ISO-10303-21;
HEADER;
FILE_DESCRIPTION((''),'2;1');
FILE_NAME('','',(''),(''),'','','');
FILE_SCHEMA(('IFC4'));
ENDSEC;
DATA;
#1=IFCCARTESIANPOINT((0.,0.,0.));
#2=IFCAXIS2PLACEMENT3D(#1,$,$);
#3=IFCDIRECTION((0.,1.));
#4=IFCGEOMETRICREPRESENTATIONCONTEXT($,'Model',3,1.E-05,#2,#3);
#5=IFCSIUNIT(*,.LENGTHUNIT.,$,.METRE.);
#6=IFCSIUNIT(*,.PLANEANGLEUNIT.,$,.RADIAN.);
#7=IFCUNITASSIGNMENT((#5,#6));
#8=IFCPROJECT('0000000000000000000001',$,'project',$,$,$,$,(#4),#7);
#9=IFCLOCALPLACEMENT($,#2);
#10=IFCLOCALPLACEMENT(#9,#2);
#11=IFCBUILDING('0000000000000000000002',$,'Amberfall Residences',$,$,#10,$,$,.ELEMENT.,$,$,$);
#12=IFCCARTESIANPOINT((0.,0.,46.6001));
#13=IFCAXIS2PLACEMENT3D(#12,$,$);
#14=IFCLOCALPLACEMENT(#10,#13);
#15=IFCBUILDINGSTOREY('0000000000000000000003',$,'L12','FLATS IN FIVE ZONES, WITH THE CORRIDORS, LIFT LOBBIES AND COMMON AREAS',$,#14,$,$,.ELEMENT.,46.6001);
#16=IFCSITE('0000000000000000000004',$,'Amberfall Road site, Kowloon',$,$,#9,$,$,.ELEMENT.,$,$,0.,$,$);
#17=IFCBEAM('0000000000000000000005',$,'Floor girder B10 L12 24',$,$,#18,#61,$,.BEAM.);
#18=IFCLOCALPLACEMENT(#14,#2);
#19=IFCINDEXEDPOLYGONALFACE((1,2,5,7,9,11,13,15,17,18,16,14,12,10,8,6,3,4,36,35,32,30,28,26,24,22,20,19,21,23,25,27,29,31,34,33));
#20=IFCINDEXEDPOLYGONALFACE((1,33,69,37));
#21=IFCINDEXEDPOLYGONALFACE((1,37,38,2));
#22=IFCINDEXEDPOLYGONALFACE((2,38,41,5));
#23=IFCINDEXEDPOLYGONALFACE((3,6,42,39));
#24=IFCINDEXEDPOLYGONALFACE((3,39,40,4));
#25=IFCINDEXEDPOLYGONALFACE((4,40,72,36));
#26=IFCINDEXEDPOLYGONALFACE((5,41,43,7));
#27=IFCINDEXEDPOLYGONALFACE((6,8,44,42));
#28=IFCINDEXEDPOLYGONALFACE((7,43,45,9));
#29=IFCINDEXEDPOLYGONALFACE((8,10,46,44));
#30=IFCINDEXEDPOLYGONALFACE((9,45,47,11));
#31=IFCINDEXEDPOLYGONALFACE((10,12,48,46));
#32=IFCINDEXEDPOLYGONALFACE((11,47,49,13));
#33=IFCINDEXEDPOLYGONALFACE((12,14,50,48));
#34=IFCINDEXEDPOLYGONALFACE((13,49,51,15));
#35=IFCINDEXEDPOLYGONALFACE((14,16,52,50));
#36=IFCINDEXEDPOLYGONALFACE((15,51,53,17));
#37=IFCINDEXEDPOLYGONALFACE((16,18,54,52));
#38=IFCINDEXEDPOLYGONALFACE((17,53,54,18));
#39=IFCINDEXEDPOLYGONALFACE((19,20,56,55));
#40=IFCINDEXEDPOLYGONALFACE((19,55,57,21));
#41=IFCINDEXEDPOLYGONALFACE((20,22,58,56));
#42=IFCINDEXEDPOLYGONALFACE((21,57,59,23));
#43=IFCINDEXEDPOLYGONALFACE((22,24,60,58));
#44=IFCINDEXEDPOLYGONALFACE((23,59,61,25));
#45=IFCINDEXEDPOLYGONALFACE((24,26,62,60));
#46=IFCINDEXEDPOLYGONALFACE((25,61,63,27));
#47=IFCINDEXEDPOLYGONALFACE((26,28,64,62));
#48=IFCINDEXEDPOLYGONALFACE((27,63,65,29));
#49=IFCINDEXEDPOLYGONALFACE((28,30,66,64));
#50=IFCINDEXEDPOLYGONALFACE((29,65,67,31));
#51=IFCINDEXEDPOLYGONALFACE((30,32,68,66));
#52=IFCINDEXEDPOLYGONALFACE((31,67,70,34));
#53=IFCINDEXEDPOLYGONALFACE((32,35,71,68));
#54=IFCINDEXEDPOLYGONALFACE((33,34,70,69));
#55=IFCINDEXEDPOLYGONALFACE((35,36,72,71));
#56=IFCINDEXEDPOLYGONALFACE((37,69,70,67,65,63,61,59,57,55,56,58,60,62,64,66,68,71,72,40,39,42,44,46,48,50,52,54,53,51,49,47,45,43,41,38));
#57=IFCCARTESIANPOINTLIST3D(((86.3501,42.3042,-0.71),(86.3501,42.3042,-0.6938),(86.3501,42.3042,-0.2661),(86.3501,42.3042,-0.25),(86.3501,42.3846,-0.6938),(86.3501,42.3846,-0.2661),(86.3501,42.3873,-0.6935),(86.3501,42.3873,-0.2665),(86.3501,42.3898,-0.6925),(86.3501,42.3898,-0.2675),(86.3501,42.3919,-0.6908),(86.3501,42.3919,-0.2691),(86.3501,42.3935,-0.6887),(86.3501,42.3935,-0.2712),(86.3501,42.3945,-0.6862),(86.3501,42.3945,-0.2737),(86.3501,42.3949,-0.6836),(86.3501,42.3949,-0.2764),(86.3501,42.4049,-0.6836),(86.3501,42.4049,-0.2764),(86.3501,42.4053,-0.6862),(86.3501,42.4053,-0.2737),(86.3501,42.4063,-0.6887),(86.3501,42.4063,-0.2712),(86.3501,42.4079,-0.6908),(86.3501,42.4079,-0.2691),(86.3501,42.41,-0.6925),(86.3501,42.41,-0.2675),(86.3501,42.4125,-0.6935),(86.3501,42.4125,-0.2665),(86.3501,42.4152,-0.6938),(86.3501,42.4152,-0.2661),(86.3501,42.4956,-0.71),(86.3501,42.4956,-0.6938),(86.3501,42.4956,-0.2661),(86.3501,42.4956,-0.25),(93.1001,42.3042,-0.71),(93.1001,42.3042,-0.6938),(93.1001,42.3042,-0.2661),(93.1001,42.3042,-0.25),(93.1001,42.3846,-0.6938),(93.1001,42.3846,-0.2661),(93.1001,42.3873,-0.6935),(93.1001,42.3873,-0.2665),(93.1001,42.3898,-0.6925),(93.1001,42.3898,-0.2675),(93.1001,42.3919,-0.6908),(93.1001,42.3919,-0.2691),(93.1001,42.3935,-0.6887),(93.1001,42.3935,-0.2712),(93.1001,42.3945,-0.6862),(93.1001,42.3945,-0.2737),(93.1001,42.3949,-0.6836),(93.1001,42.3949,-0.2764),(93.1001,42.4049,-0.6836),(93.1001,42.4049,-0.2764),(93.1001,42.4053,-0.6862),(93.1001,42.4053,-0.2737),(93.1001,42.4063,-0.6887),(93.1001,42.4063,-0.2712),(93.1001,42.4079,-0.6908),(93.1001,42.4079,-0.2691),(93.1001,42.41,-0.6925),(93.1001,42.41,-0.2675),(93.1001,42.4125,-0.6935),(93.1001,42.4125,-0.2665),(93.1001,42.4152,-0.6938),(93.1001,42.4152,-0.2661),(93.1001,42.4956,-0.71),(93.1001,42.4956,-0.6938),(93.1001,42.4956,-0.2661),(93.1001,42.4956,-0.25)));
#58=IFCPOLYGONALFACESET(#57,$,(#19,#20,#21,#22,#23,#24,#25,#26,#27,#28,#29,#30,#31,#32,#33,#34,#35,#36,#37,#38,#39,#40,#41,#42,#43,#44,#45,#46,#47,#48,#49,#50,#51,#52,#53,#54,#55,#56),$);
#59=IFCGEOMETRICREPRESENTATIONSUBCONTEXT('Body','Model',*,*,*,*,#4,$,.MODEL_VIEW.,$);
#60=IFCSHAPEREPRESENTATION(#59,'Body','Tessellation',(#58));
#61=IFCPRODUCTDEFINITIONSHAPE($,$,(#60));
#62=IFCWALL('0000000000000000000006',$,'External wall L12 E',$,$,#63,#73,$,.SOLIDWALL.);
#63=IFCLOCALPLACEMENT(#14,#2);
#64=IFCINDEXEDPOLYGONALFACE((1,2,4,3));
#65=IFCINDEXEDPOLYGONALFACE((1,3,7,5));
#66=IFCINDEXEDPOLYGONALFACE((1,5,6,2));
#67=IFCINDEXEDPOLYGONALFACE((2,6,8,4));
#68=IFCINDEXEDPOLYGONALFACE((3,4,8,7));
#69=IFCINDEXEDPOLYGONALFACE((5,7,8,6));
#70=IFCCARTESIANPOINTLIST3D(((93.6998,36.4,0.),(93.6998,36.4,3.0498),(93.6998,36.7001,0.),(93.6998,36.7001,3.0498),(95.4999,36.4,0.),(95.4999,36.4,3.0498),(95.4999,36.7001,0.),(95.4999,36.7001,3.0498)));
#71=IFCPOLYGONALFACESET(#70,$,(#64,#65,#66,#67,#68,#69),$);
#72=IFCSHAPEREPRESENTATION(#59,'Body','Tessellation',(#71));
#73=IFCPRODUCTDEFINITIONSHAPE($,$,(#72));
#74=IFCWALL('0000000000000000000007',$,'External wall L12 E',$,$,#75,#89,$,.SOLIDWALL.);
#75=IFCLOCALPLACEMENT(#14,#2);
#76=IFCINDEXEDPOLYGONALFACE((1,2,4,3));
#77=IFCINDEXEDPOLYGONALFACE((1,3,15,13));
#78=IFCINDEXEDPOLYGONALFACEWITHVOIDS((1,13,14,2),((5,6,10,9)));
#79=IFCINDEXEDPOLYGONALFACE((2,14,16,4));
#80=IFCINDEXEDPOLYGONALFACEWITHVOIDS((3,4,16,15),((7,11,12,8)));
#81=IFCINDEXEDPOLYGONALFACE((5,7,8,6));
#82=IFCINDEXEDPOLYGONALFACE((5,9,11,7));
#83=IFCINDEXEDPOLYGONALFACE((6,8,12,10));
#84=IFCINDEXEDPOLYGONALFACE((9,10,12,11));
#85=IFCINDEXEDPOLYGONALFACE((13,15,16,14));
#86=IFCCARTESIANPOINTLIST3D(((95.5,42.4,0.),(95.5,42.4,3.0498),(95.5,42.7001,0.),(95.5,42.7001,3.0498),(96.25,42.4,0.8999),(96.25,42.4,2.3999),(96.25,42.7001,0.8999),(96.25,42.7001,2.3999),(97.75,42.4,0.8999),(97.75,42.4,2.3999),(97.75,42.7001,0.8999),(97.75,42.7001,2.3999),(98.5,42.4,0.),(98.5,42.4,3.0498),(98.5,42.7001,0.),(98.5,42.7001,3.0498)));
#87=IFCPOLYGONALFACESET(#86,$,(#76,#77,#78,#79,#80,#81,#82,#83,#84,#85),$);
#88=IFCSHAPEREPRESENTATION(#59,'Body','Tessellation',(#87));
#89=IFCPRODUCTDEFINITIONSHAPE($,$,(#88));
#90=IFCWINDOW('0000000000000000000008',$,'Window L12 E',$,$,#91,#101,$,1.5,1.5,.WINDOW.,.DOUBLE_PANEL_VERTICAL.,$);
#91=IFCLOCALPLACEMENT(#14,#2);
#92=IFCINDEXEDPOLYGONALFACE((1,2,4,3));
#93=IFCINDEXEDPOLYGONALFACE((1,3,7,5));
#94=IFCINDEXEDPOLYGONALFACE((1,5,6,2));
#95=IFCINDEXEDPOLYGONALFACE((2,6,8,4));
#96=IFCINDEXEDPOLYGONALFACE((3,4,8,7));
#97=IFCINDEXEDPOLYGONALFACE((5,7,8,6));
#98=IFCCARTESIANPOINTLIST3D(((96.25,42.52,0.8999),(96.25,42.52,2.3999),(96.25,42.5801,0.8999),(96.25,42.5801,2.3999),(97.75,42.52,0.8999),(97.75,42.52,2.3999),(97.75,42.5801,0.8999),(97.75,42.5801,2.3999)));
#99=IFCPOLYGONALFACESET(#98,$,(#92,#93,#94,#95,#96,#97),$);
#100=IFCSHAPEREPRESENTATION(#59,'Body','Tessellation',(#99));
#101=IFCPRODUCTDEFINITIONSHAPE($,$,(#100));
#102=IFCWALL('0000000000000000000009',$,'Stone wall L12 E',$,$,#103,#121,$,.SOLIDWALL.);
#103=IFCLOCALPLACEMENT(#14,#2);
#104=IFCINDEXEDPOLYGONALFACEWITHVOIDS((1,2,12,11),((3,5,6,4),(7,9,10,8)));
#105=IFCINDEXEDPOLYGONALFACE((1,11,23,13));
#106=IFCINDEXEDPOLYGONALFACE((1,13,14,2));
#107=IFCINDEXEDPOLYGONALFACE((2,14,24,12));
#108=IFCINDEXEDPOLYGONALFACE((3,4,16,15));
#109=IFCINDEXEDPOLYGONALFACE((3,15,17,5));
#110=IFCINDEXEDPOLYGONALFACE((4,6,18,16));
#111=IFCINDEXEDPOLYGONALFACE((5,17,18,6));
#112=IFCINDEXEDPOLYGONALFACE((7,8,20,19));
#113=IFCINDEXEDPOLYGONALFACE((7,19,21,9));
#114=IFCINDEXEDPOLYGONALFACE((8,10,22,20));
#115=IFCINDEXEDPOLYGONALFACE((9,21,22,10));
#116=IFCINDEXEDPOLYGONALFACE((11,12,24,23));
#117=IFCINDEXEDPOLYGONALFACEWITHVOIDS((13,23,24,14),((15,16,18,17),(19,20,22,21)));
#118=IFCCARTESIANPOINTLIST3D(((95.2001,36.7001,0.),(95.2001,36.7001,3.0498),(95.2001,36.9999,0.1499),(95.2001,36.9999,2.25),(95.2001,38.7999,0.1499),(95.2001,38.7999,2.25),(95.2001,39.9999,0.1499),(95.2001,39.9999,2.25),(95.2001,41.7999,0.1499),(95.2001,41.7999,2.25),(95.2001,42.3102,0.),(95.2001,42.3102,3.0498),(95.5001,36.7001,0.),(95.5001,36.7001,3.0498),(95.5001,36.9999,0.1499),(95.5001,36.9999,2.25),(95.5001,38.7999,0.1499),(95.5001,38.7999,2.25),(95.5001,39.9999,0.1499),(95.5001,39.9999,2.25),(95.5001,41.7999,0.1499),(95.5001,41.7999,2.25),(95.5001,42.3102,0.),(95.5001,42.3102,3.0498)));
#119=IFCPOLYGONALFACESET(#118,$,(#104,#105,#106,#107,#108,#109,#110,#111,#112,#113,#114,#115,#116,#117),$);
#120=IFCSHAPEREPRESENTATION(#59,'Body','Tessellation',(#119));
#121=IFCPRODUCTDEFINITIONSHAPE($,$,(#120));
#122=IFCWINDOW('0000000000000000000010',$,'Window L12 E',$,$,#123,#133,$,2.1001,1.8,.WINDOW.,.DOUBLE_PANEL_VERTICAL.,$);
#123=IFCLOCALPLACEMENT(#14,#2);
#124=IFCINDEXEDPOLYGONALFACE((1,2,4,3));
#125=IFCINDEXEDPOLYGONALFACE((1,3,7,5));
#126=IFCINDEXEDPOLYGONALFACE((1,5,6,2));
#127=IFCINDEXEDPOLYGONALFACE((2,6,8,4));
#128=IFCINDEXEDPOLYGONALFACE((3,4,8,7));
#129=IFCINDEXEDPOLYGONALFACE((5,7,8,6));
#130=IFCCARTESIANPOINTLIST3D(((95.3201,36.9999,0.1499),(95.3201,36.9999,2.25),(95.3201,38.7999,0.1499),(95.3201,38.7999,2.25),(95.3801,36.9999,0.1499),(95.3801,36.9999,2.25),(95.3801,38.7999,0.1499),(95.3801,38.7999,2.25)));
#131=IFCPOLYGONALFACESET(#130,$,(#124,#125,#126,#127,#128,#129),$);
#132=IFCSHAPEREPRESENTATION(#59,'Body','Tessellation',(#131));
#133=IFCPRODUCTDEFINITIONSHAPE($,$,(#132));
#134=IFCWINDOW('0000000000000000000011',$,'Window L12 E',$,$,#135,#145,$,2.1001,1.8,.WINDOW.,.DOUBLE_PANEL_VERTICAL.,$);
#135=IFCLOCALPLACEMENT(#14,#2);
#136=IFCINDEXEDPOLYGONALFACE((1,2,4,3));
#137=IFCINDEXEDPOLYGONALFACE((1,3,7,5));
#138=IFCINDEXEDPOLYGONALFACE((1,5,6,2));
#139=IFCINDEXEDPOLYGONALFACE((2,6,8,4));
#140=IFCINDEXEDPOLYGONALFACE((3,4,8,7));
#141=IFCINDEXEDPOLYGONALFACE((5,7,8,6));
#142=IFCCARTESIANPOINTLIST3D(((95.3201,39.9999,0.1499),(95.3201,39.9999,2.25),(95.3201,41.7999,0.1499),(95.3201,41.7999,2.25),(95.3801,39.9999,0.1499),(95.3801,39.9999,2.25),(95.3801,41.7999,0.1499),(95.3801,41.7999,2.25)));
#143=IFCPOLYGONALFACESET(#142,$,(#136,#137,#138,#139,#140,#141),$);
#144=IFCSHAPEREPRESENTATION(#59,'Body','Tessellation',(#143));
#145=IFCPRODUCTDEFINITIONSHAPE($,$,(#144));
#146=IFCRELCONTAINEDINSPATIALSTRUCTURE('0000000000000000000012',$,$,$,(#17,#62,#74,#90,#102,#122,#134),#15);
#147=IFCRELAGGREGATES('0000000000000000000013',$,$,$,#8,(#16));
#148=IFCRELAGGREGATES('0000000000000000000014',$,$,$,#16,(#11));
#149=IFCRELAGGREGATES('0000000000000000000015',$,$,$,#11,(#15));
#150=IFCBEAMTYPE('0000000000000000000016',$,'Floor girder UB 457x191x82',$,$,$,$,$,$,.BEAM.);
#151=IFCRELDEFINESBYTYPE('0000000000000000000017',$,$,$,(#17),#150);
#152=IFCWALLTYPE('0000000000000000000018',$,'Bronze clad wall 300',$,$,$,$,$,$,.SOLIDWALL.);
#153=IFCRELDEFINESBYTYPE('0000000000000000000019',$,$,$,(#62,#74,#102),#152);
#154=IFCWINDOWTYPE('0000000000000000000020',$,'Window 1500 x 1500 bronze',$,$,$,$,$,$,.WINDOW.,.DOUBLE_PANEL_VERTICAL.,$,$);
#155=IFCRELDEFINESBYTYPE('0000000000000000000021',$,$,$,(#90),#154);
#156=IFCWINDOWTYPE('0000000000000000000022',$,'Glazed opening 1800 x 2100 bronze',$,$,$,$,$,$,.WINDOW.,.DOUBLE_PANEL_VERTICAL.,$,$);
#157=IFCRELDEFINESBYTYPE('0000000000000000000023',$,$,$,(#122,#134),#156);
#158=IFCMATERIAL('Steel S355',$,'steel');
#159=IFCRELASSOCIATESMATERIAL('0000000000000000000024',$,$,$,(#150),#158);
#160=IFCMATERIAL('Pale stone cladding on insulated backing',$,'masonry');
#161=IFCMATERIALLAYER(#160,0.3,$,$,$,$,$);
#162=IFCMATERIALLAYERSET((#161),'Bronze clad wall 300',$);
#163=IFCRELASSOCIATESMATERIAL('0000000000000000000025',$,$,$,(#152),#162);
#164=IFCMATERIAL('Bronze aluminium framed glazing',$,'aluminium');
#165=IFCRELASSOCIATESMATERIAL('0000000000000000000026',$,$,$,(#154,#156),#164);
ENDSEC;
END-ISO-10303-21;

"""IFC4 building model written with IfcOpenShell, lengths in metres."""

from ifc_helpers import new_model, si_unit, direction, frame, frame_2d, origin, origin_2d, place, context, subcontext, project, spatial, rectangle, i_section, extrude, material, layer, layer_set, material_profile, profile_set, type_object, element, fill, save


model = new_model("IFC4")

# Units and contexts
model_context = context("Model", 3, precision=1e-05, world=origin(), true_north=direction((0.0, 1.0)))
body_context = subcontext(model_context, "Body", "Model", "MODEL_VIEW")
ifc_project = project(units=[si_unit("LENGTHUNIT", "METRE"), si_unit("PLANEANGLEUNIT", "RADIAN")], contexts=[model_context])

# Site, building, storey
site_placement = place(None, origin())
site = spatial("IfcSite", under=ifc_project, at=site_placement, Name="Amberfall Road site, Kowloon", CompositionType="ELEMENT", RefElevation=0.0)
building_placement = place(site_placement, origin())
building = spatial("IfcBuilding", under=site, at=building_placement, Name="Amberfall Residences", CompositionType="ELEMENT")
storey_placement = place(building_placement, frame((0.0, 0.0, 46.6001)))
storey = spatial("IfcBuildingStorey", under=building, at=storey_placement, Name="L12", Description="FLATS IN FIVE ZONES, WITH THE CORRIDORS, LIFT LOBBIES AND COMMON AREAS", CompositionType="ELEMENT", Elevation=46.6001)

# Beam
ifc_material_1 = material(Name="Steel S355", Category="steel")
ifc_material_profile_1 = material_profile(ifc_material_1, i_section(OverallWidth=0.1914, OverallDepth=0.46, WebThickness=0.01, FlangeThickness=0.0161, FilletRadius=0.0103, at=origin_2d()), Name="UB 457x191x82")
ifc_profile_set_1 = profile_set([ifc_material_profile_1], Name="Steel S355")
beam_type_1 = type_object("IfcBeamType", Name="Floor girder UB 457x191x82", PredefinedType="BEAM", material=ifc_profile_set_1)
beam_1_placement = place(storey_placement, frame((93.1001, 42.3999, -0.48), z_axis=(-1.0, 0.0, 0.0), x_axis=(0.0, -1.0, 0.0)))
element("IfcBeam", 1, at=beam_1_placement, inside=storey, type_object=beam_type_1, Name="Floor girder B10 L12 24", PredefinedType="BEAM", context=body_context, shape_type="SweptSolid", body=[
    extrude(i_section(OverallWidth=0.1914, OverallDepth=0.46, WebThickness=0.01, FlangeThickness=0.0161, FilletRadius=0.0103, at=origin_2d()), origin(), (0.0, 0.0, 1.0), 6.75),
])

# Wall
ifc_material_2 = material(Name="Pale stone cladding on insulated backing", Category="masonry")
ifc_layer_1 = layer(ifc_material_2, 0.3)
ifc_layer_set_1 = layer_set([ifc_layer_1], Name="Bronze clad wall 300")
wall_type_1 = type_object("IfcWallType", Name="Bronze clad wall 300", PredefinedType="SOLIDWALL", material=ifc_layer_set_1)
wall_1_placement = place(storey_placement, frame((93.7, 36.55, 0.0), z_axis=(0.0, 0.0, 1.0), x_axis=(1.0, 0.0, 0.0)))
element("IfcWall", 2, at=wall_1_placement, inside=storey, type_object=wall_type_1, Name="External wall L12 E", PredefinedType="SOLIDWALL", context=body_context, shape_type="SweptSolid", body=[
    extrude(rectangle(XDim=1.8, YDim=0.3, at=frame_2d((0.8999, 0.0))), origin(), (0.0, 0.0, 1.0), 3.0498),
])

# Wall, opening, window
wall_2_placement = place(storey_placement, frame((95.5, 42.55, 0.0), z_axis=(0.0, 0.0, 1.0), x_axis=(1.0, 0.0, 0.0)))
wall_2 = element("IfcWall", 3, at=wall_2_placement, inside=storey, type_object=wall_type_1, Name="External wall L12 E", PredefinedType="SOLIDWALL", context=body_context, shape_type="SweptSolid", body=[
    extrude(rectangle(XDim=3.0, YDim=0.3, at=frame_2d((1.5, 0.0))), origin(), (0.0, 0.0, 1.0), 3.0498),
])
opening_1_placement = place(wall_2_placement, frame((0.75, 0.0, 0.8999)))
opening_1 = element("IfcOpeningElement", 4, at=opening_1_placement, cuts=wall_2, PredefinedType="OPENING", context=body_context, shape_type="SweptSolid", body=[
    extrude(rectangle(XDim=1.5, YDim=1.5, at=frame_2d((0.75, 0.75))), frame((0.0, 0.1599, 0.0), z_axis=(0.0, -1.0, 0.0), x_axis=(1.0, 0.0, 0.0)), (0.0, 0.0, 1.0), 0.3201),
])
ifc_material_3 = material(Name="Bronze aluminium framed glazing", Category="aluminium")
window_type_1 = type_object("IfcWindowType", Name="Window 1500 x 1500 bronze", PartitioningType="DOUBLE_PANEL_VERTICAL", PredefinedType="WINDOW", material=ifc_material_3)
window_1_placement = place(opening_1_placement, origin())
window_1 = element("IfcWindow", 5, at=window_1_placement, inside=storey, type_object=window_type_1, Name="Window L12 E", OverallHeight=1.5, OverallWidth=1.5, PartitioningType="DOUBLE_PANEL_VERTICAL", PredefinedType="WINDOW", context=body_context, shape_type="SweptSolid", body=[
    extrude(rectangle(XDim=1.5, YDim=1.5, at=frame_2d((0.75, 0.75))), frame((0.0, 0.03, 0.0), z_axis=(0.0, -1.0, 0.0), x_axis=(1.0, 0.0, 0.0)), (0.0, 0.0, 1.0), 0.0601),
])
fill(opening_1, window_1)

# Wall, openings, windows
wall_3_placement = place(storey_placement, frame((95.3501, 36.7, 0.0), z_axis=(0.0, 0.0, 1.0), x_axis=(0.0, 1.0, 0.0)))
wall_3 = element("IfcWall", 6, at=wall_3_placement, inside=storey, type_object=wall_type_1, Name="Stone wall L12 E", PredefinedType="SOLIDWALL", context=body_context, shape_type="SweptSolid", body=[
    extrude(rectangle(XDim=5.6101, YDim=0.3, at=frame_2d((2.8052, 0.0))), origin(), (0.0, 0.0, 1.0), 3.0498),
])
opening_2_placement = place(wall_3_placement, frame((0.3, 0.0, 0.1499)))
opening_2 = element("IfcOpeningElement", 7, at=opening_2_placement, cuts=wall_3, PredefinedType="OPENING", context=body_context, shape_type="SweptSolid", body=[
    extrude(rectangle(XDim=1.8, YDim=2.1001, at=frame_2d((0.8999, 1.05))), frame((0.0, 0.1599, 0.0), z_axis=(0.0, -1.0, 0.0), x_axis=(1.0, 0.0, 0.0)), (0.0, 0.0, 1.0), 0.3201),
])
opening_3_placement = place(wall_3_placement, frame((3.3, 0.0, 0.1499)))
opening_3 = element("IfcOpeningElement", 8, at=opening_3_placement, cuts=wall_3, PredefinedType="OPENING", context=body_context, shape_type="SweptSolid", body=[
    extrude(rectangle(XDim=1.8, YDim=2.1001, at=frame_2d((0.8999, 1.05))), frame((0.0, 0.1599, 0.0), z_axis=(0.0, -1.0, 0.0), x_axis=(1.0, 0.0, 0.0)), (0.0, 0.0, 1.0), 0.3201),
])
window_type_2 = type_object("IfcWindowType", Name="Glazed opening 1800 x 2100 bronze", PartitioningType="DOUBLE_PANEL_VERTICAL", PredefinedType="WINDOW", material=ifc_material_3)
window_2_placement = place(opening_2_placement, origin())
window_2 = element("IfcWindow", 9, at=window_2_placement, inside=storey, type_object=window_type_2, Name="Window L12 E", OverallHeight=2.1001, OverallWidth=1.8, PartitioningType="DOUBLE_PANEL_VERTICAL", PredefinedType="WINDOW", context=body_context, shape_type="SweptSolid", body=[
    extrude(rectangle(XDim=1.8, YDim=2.1001, at=frame_2d((0.8999, 1.05))), frame((0.0, 0.03, 0.0), z_axis=(0.0, -1.0, 0.0), x_axis=(1.0, 0.0, 0.0)), (0.0, 0.0, 1.0), 0.0601),
])
fill(opening_2, window_2)
window_3_placement = place(opening_3_placement, origin())
window_3 = element("IfcWindow", 10, at=window_3_placement, inside=storey, type_object=window_type_2, Name="Window L12 E", OverallHeight=2.1001, OverallWidth=1.8, PartitioningType="DOUBLE_PANEL_VERTICAL", PredefinedType="WINDOW", context=body_context, shape_type="SweptSolid", body=[
    extrude(rectangle(XDim=1.8, YDim=2.1001, at=frame_2d((0.8999, 1.05))), frame((0.0, 0.03, 0.0), z_axis=(0.0, -1.0, 0.0), x_axis=(1.0, 0.0, 0.0)), (0.0, 0.0, 1.0), 0.0601),
])
fill(opening_3, window_3)

save(model, "model.ifc")
